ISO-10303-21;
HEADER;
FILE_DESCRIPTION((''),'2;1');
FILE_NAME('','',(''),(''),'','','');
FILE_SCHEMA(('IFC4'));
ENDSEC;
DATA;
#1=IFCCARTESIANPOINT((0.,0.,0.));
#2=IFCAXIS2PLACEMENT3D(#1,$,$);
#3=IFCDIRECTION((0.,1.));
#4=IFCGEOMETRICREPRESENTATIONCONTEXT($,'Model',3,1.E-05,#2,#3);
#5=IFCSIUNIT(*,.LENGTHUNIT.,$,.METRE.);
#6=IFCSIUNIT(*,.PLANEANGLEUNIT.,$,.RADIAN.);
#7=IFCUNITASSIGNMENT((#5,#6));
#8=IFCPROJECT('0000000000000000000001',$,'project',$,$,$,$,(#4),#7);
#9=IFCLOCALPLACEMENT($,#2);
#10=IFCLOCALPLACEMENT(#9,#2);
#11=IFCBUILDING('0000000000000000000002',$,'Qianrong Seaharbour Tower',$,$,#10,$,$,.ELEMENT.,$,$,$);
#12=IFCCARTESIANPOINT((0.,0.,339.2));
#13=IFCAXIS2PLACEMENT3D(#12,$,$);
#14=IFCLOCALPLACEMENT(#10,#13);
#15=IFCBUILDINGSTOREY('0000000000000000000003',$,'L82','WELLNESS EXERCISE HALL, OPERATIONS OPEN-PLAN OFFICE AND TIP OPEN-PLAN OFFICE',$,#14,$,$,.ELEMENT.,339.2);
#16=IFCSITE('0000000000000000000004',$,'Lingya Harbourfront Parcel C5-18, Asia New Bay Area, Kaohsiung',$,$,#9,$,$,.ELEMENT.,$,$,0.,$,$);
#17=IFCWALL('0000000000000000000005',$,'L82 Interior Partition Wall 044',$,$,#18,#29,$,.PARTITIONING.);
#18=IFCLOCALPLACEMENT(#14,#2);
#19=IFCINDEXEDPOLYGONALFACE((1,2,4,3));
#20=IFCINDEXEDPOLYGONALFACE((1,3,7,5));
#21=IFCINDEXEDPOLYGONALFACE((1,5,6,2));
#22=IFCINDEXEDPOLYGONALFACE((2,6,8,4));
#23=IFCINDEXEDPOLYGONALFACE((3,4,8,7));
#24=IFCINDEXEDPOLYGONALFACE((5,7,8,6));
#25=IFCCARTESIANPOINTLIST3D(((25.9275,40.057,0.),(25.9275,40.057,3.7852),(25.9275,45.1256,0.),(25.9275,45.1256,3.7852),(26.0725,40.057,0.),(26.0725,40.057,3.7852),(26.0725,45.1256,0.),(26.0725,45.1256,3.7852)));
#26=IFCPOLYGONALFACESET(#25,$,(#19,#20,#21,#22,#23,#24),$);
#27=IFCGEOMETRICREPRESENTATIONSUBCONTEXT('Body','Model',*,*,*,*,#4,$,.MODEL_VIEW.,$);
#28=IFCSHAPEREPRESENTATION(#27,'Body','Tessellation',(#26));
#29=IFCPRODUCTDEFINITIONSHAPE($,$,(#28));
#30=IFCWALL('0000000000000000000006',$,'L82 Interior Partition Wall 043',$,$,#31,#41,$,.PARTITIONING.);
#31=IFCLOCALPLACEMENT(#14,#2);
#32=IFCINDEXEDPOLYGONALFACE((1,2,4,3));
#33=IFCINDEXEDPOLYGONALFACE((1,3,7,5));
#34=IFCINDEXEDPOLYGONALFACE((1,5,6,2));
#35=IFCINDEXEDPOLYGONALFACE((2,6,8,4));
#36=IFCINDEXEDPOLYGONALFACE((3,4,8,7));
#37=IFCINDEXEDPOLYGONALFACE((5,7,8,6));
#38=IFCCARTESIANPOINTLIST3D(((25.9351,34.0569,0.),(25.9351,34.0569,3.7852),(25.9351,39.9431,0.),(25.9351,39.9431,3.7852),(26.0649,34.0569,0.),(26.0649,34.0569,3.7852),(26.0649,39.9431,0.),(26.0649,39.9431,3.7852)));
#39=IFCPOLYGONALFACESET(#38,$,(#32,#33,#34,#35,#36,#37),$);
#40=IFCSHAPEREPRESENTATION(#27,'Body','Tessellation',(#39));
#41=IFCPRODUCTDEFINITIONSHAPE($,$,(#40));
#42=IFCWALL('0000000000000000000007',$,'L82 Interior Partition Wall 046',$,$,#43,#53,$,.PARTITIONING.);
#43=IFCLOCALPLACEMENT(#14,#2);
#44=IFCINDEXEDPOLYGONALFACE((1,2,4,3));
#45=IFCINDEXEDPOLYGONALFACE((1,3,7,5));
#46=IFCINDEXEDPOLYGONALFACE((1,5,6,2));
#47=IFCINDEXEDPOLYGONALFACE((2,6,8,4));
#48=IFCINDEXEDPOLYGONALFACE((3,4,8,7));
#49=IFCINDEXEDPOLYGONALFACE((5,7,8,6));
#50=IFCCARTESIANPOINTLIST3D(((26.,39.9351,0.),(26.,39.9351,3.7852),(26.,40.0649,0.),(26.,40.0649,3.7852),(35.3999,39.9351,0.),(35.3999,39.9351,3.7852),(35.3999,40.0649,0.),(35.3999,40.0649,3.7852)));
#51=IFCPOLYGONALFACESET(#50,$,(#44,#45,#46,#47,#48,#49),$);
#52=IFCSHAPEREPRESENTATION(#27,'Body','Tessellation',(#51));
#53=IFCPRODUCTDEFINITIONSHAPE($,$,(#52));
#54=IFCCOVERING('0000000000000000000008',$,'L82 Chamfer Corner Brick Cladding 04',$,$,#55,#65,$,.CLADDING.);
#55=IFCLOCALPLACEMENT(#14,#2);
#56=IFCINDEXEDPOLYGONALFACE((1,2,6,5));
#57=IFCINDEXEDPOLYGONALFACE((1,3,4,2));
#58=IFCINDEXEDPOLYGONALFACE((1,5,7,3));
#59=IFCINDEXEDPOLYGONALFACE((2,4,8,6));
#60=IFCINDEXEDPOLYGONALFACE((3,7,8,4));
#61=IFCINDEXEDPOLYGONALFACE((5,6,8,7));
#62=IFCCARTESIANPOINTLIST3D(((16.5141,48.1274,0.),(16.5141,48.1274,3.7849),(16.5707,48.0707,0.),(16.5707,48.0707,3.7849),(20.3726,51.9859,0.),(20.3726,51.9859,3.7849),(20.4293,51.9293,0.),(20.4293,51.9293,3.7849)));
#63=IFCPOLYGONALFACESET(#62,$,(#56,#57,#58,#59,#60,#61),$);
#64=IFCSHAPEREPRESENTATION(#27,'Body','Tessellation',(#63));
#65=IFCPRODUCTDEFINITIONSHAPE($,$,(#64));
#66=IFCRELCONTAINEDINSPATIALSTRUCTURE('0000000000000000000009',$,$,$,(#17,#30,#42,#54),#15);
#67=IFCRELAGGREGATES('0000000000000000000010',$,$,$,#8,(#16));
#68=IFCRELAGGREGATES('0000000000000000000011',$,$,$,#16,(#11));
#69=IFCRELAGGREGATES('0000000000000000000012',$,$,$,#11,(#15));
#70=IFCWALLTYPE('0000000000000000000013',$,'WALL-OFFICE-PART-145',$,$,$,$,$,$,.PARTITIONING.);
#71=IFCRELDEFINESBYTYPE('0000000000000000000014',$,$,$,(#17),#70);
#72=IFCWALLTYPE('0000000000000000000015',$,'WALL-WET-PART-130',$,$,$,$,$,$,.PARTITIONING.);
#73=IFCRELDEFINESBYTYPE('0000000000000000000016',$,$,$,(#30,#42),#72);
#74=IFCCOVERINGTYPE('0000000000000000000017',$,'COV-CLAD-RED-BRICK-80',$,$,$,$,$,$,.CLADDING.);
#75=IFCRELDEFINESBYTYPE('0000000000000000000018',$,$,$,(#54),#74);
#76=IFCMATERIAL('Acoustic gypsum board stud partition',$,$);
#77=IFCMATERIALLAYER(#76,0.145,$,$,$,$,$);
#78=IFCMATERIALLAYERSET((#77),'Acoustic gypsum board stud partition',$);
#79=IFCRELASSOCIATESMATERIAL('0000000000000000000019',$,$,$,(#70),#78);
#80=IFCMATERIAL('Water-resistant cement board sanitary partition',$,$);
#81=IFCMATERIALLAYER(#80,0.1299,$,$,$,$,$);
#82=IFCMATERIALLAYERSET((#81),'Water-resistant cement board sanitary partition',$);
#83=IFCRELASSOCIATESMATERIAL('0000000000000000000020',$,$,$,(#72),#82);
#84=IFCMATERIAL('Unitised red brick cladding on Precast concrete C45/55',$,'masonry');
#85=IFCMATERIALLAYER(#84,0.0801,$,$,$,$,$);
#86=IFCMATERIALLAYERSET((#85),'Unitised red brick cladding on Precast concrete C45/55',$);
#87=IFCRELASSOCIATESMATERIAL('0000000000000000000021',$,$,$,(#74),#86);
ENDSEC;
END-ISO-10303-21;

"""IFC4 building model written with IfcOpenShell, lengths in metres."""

from ifc_helpers import new_model, si_unit, direction, frame, frame_2d, origin, origin_2d, place, context, subcontext, project, spatial, rectangle, extrude, material, layer, layer_set, type_object, element, save


model = new_model("IFC4")

# Units and contexts
model_context = context("Model", 3, precision=1e-05, world=origin(), true_north=direction((0.0, 1.0)))
body_context = subcontext(model_context, "Body", "Model", "MODEL_VIEW")
ifc_project = project(units=[si_unit("LENGTHUNIT", "METRE"), si_unit("PLANEANGLEUNIT", "RADIAN")], contexts=[model_context])

# Site, building, storey
site_placement = place(None, origin())
site = spatial("IfcSite", under=ifc_project, at=site_placement, Name="Lingya Harbourfront Parcel C5-18, Asia New Bay Area, Kaohsiung", CompositionType="ELEMENT", RefElevation=0.0)
building_placement = place(site_placement, origin())
building = spatial("IfcBuilding", under=site, at=building_placement, Name="Qianrong Seaharbour Tower", CompositionType="ELEMENT")
storey_placement = place(building_placement, frame((0.0, 0.0, 339.2)))
storey = spatial("IfcBuildingStorey", under=building, at=storey_placement, Name="L82", Description="WELLNESS EXERCISE HALL, OPERATIONS OPEN-PLAN OFFICE AND TIP OPEN-PLAN OFFICE", CompositionType="ELEMENT", Elevation=339.2)

# Shared definitions
ifc_material_1 = material(Name="Acoustic gypsum board stud partition")
ifc_layer_1 = layer(ifc_material_1, 0.145)
ifc_layer_set_1 = layer_set([ifc_layer_1], Name="Acoustic gypsum board stud partition")
wall_type_1 = type_object("IfcWallType", Name="WALL-OFFICE-PART-145", PredefinedType="PARTITIONING", material=ifc_layer_set_1)

# Walls
wall_1_placement = place(storey_placement, frame((26.0, 45.1255, 0.0), z_axis=(0.0, 0.0, 1.0), x_axis=(0.0, -1.0, 0.0)))
element("IfcWall", 1, at=wall_1_placement, inside=storey, type_object=wall_type_1, Name="L82 Interior Partition Wall 044", PredefinedType="PARTITIONING", context=body_context, shape_type="SweptSolid", body=[
    extrude(rectangle(XDim=5.0686, YDim=0.145, at=frame_2d((2.5342, 0.0))), origin(), (0.0, 0.0, 1.0), 3.7852),
])
ifc_material_2 = material(Name="Water-resistant cement board sanitary partition")
ifc_layer_2 = layer(ifc_material_2, 0.1299)
ifc_layer_set_2 = layer_set([ifc_layer_2], Name="Water-resistant cement board sanitary partition")
wall_type_2 = type_object("IfcWallType", Name="WALL-WET-PART-130", PredefinedType="PARTITIONING", material=ifc_layer_set_2)
wall_2_placement = place(storey_placement, frame((26.0, 39.9431, 0.0), z_axis=(0.0, 0.0, 1.0), x_axis=(0.0, -1.0, 0.0)))
element("IfcWall", 2, at=wall_2_placement, inside=storey, type_object=wall_type_2, Name="L82 Interior Partition Wall 043", PredefinedType="PARTITIONING", context=body_context, shape_type="SweptSolid", body=[
    extrude(rectangle(XDim=5.8862, YDim=0.1299, at=frame_2d((2.9431, 0.0))), origin(), (0.0, 0.0, 1.0), 3.7852),
])
wall_3_placement = place(storey_placement, frame((26.0, 40.0, 0.0), z_axis=(0.0, 0.0, 1.0), x_axis=(1.0, 0.0, 0.0)))
element("IfcWall", 3, at=wall_3_placement, inside=storey, type_object=wall_type_2, Name="L82 Interior Partition Wall 046", PredefinedType="PARTITIONING", context=body_context, shape_type="SweptSolid", body=[
    extrude(rectangle(XDim=9.3999, YDim=0.1299, at=frame_2d((4.7, 0.0))), origin(), (0.0, 0.0, 1.0), 3.7852),
])

# Covering
ifc_material_3 = material(Name="Unitised red brick cladding on Precast concrete C45/55", Category="masonry")
ifc_layer_3 = layer(ifc_material_3, 0.0801)
ifc_layer_set_3 = layer_set([ifc_layer_3], Name="Unitised red brick cladding on Precast concrete C45/55")
covering_type = type_object("IfcCoveringType", Name="COV-CLAD-RED-BRICK-80", PredefinedType="CLADDING", material=ifc_layer_set_3)
covering_placement = place(storey_placement, frame((18.4717, 50.0283, 0.0), z_axis=(0.0, 0.0, 1.0), x_axis=(0.707107, 0.707107, 0.0)))
element("IfcCovering", 4, at=covering_placement, inside=storey, type_object=covering_type, Name="L82 Chamfer Corner Brick Cladding 04", PredefinedType="CLADDING", context=body_context, shape_type="SweptSolid", body=[
    extrude(rectangle(XDim=5.4568, YDim=0.0801, at=origin_2d()), origin(), (0.0, 0.0, 1.0), 3.7849),
])

save(model, "model.ifc")
